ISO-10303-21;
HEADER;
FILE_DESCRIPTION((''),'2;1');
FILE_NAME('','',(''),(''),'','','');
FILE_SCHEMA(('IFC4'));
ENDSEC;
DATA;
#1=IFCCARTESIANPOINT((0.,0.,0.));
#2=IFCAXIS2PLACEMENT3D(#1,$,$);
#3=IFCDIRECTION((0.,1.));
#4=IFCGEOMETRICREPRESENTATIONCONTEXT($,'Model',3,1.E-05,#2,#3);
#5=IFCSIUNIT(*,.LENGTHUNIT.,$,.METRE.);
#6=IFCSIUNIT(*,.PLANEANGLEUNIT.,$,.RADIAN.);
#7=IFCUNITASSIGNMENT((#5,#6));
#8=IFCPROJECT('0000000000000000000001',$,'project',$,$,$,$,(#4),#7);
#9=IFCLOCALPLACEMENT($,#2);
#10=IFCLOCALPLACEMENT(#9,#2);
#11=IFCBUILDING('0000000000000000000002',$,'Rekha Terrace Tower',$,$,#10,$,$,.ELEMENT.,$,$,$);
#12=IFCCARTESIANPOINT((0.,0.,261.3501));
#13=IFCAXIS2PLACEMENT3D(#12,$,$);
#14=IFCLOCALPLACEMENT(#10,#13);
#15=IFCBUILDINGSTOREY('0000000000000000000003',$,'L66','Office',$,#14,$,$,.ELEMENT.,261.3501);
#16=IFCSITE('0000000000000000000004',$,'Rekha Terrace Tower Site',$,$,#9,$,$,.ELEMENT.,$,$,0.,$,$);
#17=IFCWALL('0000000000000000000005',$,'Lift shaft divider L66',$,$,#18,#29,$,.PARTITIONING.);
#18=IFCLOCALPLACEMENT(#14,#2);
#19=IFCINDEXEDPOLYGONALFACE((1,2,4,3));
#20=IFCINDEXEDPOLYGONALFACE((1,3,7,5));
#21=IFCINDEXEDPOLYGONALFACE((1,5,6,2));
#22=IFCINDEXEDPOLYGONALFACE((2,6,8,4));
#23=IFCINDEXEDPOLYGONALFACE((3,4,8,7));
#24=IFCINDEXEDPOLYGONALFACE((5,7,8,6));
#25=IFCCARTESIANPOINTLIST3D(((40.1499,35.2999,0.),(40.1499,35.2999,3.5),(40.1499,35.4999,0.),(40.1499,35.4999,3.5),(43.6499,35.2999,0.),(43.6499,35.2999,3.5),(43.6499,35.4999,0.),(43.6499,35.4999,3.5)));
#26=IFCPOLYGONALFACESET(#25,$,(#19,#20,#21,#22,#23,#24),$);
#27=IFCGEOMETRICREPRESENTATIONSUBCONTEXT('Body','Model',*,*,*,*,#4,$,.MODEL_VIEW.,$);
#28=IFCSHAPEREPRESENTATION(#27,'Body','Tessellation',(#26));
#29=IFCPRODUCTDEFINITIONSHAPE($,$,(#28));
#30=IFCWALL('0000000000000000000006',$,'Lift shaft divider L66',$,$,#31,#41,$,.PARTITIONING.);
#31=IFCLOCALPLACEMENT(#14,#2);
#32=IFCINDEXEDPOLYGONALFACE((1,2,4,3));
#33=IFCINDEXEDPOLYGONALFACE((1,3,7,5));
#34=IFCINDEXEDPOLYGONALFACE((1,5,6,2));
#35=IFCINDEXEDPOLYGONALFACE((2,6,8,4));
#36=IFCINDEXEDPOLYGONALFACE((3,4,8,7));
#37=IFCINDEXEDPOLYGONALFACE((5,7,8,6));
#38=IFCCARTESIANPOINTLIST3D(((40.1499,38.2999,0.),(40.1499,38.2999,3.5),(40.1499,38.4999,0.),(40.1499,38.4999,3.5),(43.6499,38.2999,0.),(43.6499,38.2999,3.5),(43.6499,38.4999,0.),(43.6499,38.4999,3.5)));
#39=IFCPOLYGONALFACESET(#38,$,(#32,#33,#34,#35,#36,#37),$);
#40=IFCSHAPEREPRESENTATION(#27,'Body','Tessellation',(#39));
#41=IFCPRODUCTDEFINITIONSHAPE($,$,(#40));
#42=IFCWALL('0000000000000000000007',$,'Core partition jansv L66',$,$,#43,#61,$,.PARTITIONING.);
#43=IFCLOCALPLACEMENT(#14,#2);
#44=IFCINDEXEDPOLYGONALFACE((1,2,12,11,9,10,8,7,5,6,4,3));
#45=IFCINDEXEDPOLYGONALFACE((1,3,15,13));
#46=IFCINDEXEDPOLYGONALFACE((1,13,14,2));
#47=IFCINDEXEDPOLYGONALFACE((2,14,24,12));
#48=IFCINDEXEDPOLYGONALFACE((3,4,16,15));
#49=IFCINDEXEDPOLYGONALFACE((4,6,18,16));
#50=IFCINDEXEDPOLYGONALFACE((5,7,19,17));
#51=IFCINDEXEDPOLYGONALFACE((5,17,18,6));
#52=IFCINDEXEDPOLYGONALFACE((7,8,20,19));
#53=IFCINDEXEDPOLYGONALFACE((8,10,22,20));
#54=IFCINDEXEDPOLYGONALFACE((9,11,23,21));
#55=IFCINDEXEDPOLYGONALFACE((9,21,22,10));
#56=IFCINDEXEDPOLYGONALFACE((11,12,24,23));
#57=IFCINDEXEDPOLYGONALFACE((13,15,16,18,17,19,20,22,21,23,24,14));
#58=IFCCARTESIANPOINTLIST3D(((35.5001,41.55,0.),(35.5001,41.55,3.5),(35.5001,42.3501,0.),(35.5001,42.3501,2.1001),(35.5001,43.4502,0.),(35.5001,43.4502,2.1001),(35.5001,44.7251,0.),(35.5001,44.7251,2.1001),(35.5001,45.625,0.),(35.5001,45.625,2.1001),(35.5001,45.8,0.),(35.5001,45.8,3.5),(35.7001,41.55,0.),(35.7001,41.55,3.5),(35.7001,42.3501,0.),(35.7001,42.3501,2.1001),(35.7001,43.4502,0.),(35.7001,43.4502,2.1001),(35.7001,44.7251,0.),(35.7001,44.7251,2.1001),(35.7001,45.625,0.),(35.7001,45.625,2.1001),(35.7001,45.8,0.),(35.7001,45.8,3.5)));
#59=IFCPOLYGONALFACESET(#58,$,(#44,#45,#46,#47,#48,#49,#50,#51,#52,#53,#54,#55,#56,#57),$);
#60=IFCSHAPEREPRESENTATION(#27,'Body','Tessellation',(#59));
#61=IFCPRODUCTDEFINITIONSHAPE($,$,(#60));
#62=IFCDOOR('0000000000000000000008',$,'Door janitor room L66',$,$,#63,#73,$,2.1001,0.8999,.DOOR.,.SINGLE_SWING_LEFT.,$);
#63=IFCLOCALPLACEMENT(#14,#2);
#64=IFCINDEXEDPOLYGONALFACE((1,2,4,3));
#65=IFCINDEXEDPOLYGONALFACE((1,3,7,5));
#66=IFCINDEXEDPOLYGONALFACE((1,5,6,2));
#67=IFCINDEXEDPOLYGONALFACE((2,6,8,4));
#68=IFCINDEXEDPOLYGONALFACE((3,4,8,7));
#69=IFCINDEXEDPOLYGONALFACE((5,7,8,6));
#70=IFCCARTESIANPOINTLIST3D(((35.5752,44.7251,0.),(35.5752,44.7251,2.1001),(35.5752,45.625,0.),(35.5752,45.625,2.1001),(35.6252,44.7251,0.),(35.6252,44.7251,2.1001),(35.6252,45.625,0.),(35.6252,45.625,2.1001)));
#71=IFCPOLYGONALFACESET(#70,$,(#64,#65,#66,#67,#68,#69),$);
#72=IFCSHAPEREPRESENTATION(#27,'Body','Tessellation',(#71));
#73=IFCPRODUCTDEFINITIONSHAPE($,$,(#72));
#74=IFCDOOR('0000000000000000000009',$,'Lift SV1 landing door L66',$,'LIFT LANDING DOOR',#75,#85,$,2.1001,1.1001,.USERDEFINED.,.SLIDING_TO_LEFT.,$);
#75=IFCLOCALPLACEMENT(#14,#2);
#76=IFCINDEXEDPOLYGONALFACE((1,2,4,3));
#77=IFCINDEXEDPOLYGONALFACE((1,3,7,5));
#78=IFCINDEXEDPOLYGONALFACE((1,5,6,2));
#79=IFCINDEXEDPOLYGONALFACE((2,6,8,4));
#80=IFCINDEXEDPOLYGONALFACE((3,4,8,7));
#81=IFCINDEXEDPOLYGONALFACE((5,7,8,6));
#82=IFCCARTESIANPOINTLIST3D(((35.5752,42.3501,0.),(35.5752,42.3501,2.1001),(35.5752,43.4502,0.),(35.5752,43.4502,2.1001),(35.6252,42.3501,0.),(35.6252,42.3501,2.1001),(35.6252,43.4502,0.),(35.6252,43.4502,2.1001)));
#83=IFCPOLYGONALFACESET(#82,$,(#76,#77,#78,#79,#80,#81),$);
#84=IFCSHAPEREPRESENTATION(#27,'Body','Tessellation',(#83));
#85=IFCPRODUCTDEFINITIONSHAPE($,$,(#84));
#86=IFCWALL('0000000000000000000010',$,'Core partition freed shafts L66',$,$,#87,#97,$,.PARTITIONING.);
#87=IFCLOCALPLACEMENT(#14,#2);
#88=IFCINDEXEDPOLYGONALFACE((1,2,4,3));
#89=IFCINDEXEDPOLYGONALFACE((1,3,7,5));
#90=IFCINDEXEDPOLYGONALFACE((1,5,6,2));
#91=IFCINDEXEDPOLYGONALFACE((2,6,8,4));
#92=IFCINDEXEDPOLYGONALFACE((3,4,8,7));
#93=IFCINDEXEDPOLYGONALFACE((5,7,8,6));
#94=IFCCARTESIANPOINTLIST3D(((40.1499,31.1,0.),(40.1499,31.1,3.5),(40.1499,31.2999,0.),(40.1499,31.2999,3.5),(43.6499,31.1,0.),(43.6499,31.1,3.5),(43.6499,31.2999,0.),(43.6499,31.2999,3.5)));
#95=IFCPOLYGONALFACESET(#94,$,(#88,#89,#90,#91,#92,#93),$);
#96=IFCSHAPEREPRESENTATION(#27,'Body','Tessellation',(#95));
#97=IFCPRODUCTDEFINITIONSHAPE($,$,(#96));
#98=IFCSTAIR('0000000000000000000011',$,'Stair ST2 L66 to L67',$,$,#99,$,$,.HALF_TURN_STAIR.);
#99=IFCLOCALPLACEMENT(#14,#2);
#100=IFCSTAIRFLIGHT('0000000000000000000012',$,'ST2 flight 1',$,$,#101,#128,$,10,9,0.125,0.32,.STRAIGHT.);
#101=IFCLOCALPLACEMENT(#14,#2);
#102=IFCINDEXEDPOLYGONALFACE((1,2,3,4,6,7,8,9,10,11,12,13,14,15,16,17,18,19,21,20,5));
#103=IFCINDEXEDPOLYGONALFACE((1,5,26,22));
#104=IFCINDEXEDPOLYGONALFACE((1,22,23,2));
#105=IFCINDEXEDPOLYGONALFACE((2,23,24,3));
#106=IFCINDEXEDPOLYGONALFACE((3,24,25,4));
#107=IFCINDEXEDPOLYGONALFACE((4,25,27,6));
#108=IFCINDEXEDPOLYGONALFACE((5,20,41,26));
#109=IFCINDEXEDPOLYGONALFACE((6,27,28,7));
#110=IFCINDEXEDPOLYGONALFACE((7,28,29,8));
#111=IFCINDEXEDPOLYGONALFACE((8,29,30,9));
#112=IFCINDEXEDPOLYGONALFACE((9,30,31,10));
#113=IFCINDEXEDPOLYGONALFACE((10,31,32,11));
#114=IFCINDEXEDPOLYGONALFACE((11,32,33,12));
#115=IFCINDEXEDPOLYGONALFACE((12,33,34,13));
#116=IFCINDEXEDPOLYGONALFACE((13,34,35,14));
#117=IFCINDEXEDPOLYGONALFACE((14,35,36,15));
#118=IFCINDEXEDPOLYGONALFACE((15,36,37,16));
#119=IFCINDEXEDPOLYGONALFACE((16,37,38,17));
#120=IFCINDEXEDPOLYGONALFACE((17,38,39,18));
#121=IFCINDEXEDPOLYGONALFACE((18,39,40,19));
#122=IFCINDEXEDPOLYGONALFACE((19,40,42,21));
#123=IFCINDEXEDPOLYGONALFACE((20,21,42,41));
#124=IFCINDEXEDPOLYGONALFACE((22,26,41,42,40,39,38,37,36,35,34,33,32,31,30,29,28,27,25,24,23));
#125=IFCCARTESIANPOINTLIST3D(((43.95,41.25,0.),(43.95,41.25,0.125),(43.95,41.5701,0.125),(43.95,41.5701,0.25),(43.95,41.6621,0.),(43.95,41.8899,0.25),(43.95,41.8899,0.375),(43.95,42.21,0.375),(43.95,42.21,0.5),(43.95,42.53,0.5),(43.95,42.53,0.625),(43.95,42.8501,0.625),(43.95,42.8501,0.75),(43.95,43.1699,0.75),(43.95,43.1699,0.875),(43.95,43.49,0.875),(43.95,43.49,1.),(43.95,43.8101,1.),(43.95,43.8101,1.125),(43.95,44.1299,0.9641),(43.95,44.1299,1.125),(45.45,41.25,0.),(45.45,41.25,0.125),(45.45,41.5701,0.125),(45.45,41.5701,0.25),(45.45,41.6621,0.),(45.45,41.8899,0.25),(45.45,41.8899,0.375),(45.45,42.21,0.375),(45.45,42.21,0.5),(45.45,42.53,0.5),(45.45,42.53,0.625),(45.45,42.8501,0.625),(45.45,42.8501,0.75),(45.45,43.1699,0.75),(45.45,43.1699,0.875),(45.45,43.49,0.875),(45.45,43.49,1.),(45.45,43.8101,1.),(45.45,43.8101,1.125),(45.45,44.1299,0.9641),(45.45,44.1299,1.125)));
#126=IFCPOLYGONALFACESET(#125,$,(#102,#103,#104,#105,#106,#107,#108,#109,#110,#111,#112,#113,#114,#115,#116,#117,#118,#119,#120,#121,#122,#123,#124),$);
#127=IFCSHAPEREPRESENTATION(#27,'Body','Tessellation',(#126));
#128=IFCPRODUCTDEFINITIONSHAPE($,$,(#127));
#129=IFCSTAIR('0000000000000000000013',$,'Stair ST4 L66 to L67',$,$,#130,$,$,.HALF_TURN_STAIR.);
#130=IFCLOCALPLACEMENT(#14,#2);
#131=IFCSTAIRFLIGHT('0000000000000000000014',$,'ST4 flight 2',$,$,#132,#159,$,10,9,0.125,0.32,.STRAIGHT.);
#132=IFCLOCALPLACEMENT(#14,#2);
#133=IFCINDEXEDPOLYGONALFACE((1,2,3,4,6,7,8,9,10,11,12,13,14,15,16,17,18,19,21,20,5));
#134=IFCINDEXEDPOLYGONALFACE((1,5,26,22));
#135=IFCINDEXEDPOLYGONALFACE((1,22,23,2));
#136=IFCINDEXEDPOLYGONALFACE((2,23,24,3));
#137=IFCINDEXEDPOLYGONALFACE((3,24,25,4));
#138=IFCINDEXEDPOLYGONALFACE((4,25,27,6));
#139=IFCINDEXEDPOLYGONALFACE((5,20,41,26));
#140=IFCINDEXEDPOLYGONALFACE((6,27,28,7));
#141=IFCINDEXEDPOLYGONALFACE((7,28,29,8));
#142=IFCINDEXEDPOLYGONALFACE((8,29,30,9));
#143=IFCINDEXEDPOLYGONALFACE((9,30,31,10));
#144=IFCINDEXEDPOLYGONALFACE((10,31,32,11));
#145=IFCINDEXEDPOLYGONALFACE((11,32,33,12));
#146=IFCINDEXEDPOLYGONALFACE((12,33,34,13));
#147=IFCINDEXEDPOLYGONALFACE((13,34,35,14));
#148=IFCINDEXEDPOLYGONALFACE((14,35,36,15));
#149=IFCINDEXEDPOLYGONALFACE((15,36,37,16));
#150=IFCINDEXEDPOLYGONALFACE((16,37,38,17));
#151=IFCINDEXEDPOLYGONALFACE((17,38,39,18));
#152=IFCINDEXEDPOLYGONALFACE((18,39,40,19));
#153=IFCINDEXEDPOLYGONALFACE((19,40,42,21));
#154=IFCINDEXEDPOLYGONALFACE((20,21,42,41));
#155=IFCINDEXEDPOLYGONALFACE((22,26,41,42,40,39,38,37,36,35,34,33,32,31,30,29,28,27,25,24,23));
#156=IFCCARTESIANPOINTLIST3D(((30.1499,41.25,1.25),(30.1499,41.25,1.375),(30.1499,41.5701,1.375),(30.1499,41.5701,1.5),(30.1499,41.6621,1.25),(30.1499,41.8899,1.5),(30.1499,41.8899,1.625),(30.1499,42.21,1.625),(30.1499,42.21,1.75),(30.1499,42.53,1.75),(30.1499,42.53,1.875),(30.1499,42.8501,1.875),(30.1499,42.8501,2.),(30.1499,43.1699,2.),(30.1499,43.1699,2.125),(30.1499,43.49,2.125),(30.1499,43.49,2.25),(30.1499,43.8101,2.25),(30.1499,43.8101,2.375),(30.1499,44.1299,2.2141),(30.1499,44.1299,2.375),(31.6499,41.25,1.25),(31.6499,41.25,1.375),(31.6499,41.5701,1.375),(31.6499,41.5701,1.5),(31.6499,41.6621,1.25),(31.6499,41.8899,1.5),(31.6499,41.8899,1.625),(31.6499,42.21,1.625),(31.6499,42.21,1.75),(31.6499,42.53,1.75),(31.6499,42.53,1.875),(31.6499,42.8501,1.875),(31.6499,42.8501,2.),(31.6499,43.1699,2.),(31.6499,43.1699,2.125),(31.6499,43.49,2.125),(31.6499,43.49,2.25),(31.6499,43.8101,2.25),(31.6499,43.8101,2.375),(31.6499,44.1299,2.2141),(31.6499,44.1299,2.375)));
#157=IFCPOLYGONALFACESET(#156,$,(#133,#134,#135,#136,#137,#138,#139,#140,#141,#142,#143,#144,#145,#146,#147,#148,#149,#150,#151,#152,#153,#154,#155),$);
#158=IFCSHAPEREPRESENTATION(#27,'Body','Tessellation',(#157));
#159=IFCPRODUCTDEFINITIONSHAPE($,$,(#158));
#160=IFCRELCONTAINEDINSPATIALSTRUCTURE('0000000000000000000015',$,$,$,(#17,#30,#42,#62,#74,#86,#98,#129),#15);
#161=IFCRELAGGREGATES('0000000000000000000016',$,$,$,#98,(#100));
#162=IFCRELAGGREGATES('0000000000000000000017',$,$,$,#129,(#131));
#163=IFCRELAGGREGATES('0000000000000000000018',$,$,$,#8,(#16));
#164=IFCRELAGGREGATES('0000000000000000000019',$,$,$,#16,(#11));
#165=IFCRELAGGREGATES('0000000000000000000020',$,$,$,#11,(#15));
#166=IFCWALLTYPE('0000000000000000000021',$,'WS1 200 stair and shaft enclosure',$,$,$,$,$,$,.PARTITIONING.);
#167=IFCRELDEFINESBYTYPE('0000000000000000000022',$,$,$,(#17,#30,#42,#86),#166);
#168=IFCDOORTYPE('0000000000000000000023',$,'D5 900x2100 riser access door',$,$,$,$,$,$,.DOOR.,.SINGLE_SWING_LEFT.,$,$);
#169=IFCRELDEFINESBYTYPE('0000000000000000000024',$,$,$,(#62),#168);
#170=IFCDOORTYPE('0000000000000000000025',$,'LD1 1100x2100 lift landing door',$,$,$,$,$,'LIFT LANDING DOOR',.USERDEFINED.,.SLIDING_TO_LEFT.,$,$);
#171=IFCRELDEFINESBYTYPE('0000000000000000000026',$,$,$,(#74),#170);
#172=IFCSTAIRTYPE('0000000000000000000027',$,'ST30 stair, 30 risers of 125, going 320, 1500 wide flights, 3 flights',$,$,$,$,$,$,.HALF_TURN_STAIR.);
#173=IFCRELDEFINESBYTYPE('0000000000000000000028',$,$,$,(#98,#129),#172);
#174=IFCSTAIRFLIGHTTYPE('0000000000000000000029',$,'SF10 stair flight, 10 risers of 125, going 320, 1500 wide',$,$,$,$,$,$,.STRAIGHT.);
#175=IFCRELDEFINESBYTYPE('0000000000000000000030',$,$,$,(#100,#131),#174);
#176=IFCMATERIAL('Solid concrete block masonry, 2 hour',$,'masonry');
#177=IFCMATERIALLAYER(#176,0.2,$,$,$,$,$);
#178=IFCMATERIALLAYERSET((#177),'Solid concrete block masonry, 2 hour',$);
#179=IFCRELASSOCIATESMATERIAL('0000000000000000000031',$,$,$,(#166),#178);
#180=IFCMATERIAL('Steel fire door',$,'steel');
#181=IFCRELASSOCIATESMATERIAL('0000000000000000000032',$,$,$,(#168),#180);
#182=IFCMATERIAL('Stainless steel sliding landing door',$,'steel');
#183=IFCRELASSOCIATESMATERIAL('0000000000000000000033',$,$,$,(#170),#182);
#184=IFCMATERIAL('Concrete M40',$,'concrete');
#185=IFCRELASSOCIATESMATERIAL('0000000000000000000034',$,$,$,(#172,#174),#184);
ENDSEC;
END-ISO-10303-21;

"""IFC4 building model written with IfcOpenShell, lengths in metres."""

from ifc_helpers import new_model, si_unit, direction, frame, frame_2d, origin, place, context, subcontext, project, spatial, polyline, rectangle, outline, extrude, material, layer, layer_set, type_object, element, fill, aggregate, save


model = new_model("IFC4")

# Units and contexts
model_context = context("Model", 3, precision=1e-05, world=origin(), true_north=direction((0.0, 1.0)))
body_context = subcontext(model_context, "Body", "Model", "MODEL_VIEW")
ifc_project = project(units=[si_unit("LENGTHUNIT", "METRE"), si_unit("PLANEANGLEUNIT", "RADIAN")], contexts=[model_context])

# Site, building, storey
site_placement = place(None, origin())
site = spatial("IfcSite", under=ifc_project, at=site_placement, Name="Rekha Terrace Tower Site", CompositionType="ELEMENT", RefElevation=0.0)
building_placement = place(site_placement, origin())
building = spatial("IfcBuilding", under=site, at=building_placement, Name="Rekha Terrace Tower", CompositionType="ELEMENT")
storey_placement = place(building_placement, frame((0.0, 0.0, 261.3501)))
storey = spatial("IfcBuildingStorey", under=building, at=storey_placement, Name="L66", Description="Office", CompositionType="ELEMENT", Elevation=261.3501)

# Shared definitions
ifc_material_1 = material(Name="Stainless steel sliding landing door", Category="steel")
ifc_material_2 = material(Name="Steel fire door", Category="steel")

# Walls
ifc_material_3 = material(Name="Solid concrete block masonry, 2 hour", Category="masonry")
ifc_layer_1 = layer(ifc_material_3, 0.2)
ifc_layer_set_1 = layer_set([ifc_layer_1], Name="Solid concrete block masonry, 2 hour")
wall_type_1 = type_object("IfcWallType", Name="WS1 200 stair and shaft enclosure", PredefinedType="PARTITIONING", material=ifc_layer_set_1)
for number, where, z_axis, x_axis, name in (
    (1, (40.1499, 35.3999, 0.0), (0.0, 0.0, 1.0), (1.0, 0.0, 0.0), "Lift shaft divider L66"),
    (2, (40.1499, 38.3999, 0.0), (0.0, 0.0, 1.0), (1.0, 0.0, 0.0), "Lift shaft divider L66"),
):
    element("IfcWall", number, at=place(storey_placement, frame(where, z_axis=z_axis, x_axis=x_axis)), inside=storey, type_object=wall_type_1, Name=name, PredefinedType="PARTITIONING", context=body_context, shape_type="SweptSolid", body=[
        extrude(rectangle(XDim=3.5, YDim=0.2, at=frame_2d((1.75, 0.0))), origin(), (0.0, 0.0, 1.0), 3.5),
    ])

# Wall, openings, doors
wall_1_placement = place(storey_placement, frame((35.6001, 41.55, 0.0), z_axis=(0.0, 0.0, 1.0), x_axis=(0.0, 1.0, 0.0)))
wall_1 = element("IfcWall", 3, at=wall_1_placement, inside=storey, type_object=wall_type_1, Name="Core partition jansv L66", PredefinedType="PARTITIONING", context=body_context, shape_type="SweptSolid", body=[
    extrude(rectangle(XDim=4.25, YDim=0.2, at=frame_2d((2.125, 0.0))), origin(), (0.0, 0.0, 1.0), 3.5),
])
opening_1_placement = place(wall_1_placement, frame((3.175, 0.0, 0.0)))
opening_1 = element("IfcOpeningElement", 4, at=opening_1_placement, cuts=wall_1, PredefinedType="OPENING", context=body_context, shape_type="SweptSolid", body=[
    extrude(rectangle(XDim=0.8999, YDim=2.1001, at=frame_2d((0.45, 1.05))), frame((0.0, 0.1099, 0.0), z_axis=(0.0, -1.0, 0.0), x_axis=(1.0, 0.0, 0.0)), (0.0, 0.0, 1.0), 0.22),
])
opening_2_placement = place(wall_1_placement, frame((0.8, 0.0, 0.0)))
opening_2 = element("IfcOpeningElement", 5, at=opening_2_placement, cuts=wall_1, PredefinedType="OPENING", context=body_context, shape_type="SweptSolid", body=[
    extrude(rectangle(XDim=1.1001, YDim=2.1001, at=frame_2d((0.55, 1.05))), frame((0.0, 0.1099, 0.0), z_axis=(0.0, -1.0, 0.0), x_axis=(1.0, 0.0, 0.0)), (0.0, 0.0, 1.0), 0.22),
])
door_type_1 = type_object("IfcDoorType", Name="D5 900x2100 riser access door", OperationType="SINGLE_SWING_LEFT", PredefinedType="DOOR", material=ifc_material_2)
door_1_placement = place(opening_1_placement, origin())
door_1 = element("IfcDoor", 6, at=door_1_placement, inside=storey, type_object=door_type_1, Name="Door janitor room L66", OperationType="SINGLE_SWING_LEFT", OverallHeight=2.1001, OverallWidth=0.8999, PredefinedType="DOOR", context=body_context, shape_type="SweptSolid", body=[
    extrude(rectangle(XDim=0.8999, YDim=2.1001, at=frame_2d((0.45, 1.05))), frame((0.0, 0.0249, 0.0), z_axis=(0.0, -1.0, 0.0), x_axis=(1.0, 0.0, 0.0)), (0.0, 0.0, 1.0), 0.05),
])
fill(opening_1, door_1)
door_type_2 = type_object("IfcDoorType", Name="LD1 1100x2100 lift landing door", ElementType="LIFT LANDING DOOR", OperationType="SLIDING_TO_LEFT", PredefinedType="USERDEFINED", material=ifc_material_1)
door_2_placement = place(opening_2_placement, origin())
door_2 = element("IfcDoor", 7, at=door_2_placement, inside=storey, type_object=door_type_2, Name="Lift SV1 landing door L66", ObjectType="LIFT LANDING DOOR", OperationType="SLIDING_TO_LEFT", OverallHeight=2.1001, OverallWidth=1.1001, PredefinedType="USERDEFINED", context=body_context, shape_type="SweptSolid", body=[
    extrude(rectangle(XDim=1.1001, YDim=2.1001, at=frame_2d((0.55, 1.05))), frame((0.0, 0.0249, 0.0), z_axis=(0.0, -1.0, 0.0), x_axis=(1.0, 0.0, 0.0)), (0.0, 0.0, 1.0), 0.05),
])
fill(opening_2, door_2)

# Wall
wall_2_placement = place(storey_placement, frame((40.1499, 31.2, 0.0), z_axis=(0.0, 0.0, 1.0), x_axis=(1.0, 0.0, 0.0)))
element("IfcWall", 8, at=wall_2_placement, inside=storey, type_object=wall_type_1, Name="Core partition freed shafts L66", PredefinedType="PARTITIONING", context=body_context, shape_type="SweptSolid", body=[
    extrude(rectangle(XDim=3.5, YDim=0.2, at=frame_2d((1.75, 0.0))), origin(), (0.0, 0.0, 1.0), 3.5),
])

# Stairs, stair flights
ifc_material_4 = material(Name="Concrete M40", Category="concrete")
stair_type = type_object("IfcStairType", Name="ST30 stair, 30 risers of 125, going 320, 1500 wide flights, 3 flights", PredefinedType="HALF_TURN_STAIR", material=ifc_material_4)
stair_1_placement = place(storey_placement, origin())
stair_1 = element("IfcStair", 9, at=stair_1_placement, inside=storey, type_object=stair_type, Name="Stair ST2 L66 to L67", PredefinedType="HALF_TURN_STAIR")
stair_flight_type = type_object("IfcStairFlightType", Name="SF10 stair flight, 10 risers of 125, going 320, 1500 wide", PredefinedType="STRAIGHT", material=ifc_material_4)
stair_flight_1_placement = place(storey_placement, frame((44.7, 41.25, 0.0), z_axis=(0.0, 0.0, 1.0), x_axis=(0.0, 1.0, 0.0)))
stair_flight_1 = element("IfcStairFlight", 10, at=stair_flight_1_placement, type_object=stair_flight_type, Name="ST2 flight 1", NumberOfRisers=10, NumberOfTreads=9, PredefinedType="STRAIGHT", RiserHeight=0.125, TreadLength=0.32, context=body_context, shape_type="SweptSolid", body=[
    extrude(outline(polyline([(0.0, 0.0), (0.0, 0.125), (0.3201, 0.125), (0.3201, 0.25), (0.6399, 0.25), (0.6399, 0.375), (0.96, 0.375), (0.96, 0.5), (1.28, 0.5), (1.28, 0.625), (1.6001, 0.625), (1.6001, 0.75), (1.9199, 0.75), (1.9199, 0.875), (2.24, 0.875), (2.24, 1.0), (2.5601, 1.0), (2.5601, 1.125), (2.8799, 1.125), (2.8799, 1.25), (2.8799, 0.9641), (0.4121, 0.0), (0.0, 0.0)])), frame((0.0, 0.75, 0.0), z_axis=(0.0, -1.0, 0.0), x_axis=(1.0, 0.0, 0.0)), (0.0, 0.0, 1.0), 1.5),
])
aggregate(stair_1, [stair_flight_1])
stair_2_placement = place(storey_placement, origin())
stair_2 = element("IfcStair", 11, at=stair_2_placement, inside=storey, type_object=stair_type, Name="Stair ST4 L66 to L67", PredefinedType="HALF_TURN_STAIR")
stair_flight_2_placement = place(storey_placement, frame((30.8999, 41.25, 1.25), z_axis=(0.0, 0.0, 1.0), x_axis=(0.0, 1.0, 0.0)))
stair_flight_2 = element("IfcStairFlight", 12, at=stair_flight_2_placement, type_object=stair_flight_type, Name="ST4 flight 2", NumberOfRisers=10, NumberOfTreads=9, PredefinedType="STRAIGHT", RiserHeight=0.125, TreadLength=0.32, context=body_context, shape_type="SweptSolid", body=[
    extrude(outline(polyline([(0.0, 0.0), (0.0, 0.125), (0.3201, 0.125), (0.3201, 0.25), (0.6399, 0.25), (0.6399, 0.375), (0.96, 0.375), (0.96, 0.5), (1.28, 0.5), (1.28, 0.625), (1.6001, 0.625), (1.6001, 0.75), (1.9199, 0.75), (1.9199, 0.875), (2.24, 0.875), (2.24, 1.0), (2.5601, 1.0), (2.5601, 1.125), (2.8799, 1.125), (2.8799, 1.25), (2.8799, 0.9641), (0.4121, 0.0), (0.0, 0.0)])), frame((0.0, 0.75, 0.0), z_axis=(0.0, -1.0, 0.0), x_axis=(1.0, 0.0, 0.0)), (0.0, 0.0, 1.0), 1.5),
])
aggregate(stair_2, [stair_flight_2])

save(model, "model.ifc")
